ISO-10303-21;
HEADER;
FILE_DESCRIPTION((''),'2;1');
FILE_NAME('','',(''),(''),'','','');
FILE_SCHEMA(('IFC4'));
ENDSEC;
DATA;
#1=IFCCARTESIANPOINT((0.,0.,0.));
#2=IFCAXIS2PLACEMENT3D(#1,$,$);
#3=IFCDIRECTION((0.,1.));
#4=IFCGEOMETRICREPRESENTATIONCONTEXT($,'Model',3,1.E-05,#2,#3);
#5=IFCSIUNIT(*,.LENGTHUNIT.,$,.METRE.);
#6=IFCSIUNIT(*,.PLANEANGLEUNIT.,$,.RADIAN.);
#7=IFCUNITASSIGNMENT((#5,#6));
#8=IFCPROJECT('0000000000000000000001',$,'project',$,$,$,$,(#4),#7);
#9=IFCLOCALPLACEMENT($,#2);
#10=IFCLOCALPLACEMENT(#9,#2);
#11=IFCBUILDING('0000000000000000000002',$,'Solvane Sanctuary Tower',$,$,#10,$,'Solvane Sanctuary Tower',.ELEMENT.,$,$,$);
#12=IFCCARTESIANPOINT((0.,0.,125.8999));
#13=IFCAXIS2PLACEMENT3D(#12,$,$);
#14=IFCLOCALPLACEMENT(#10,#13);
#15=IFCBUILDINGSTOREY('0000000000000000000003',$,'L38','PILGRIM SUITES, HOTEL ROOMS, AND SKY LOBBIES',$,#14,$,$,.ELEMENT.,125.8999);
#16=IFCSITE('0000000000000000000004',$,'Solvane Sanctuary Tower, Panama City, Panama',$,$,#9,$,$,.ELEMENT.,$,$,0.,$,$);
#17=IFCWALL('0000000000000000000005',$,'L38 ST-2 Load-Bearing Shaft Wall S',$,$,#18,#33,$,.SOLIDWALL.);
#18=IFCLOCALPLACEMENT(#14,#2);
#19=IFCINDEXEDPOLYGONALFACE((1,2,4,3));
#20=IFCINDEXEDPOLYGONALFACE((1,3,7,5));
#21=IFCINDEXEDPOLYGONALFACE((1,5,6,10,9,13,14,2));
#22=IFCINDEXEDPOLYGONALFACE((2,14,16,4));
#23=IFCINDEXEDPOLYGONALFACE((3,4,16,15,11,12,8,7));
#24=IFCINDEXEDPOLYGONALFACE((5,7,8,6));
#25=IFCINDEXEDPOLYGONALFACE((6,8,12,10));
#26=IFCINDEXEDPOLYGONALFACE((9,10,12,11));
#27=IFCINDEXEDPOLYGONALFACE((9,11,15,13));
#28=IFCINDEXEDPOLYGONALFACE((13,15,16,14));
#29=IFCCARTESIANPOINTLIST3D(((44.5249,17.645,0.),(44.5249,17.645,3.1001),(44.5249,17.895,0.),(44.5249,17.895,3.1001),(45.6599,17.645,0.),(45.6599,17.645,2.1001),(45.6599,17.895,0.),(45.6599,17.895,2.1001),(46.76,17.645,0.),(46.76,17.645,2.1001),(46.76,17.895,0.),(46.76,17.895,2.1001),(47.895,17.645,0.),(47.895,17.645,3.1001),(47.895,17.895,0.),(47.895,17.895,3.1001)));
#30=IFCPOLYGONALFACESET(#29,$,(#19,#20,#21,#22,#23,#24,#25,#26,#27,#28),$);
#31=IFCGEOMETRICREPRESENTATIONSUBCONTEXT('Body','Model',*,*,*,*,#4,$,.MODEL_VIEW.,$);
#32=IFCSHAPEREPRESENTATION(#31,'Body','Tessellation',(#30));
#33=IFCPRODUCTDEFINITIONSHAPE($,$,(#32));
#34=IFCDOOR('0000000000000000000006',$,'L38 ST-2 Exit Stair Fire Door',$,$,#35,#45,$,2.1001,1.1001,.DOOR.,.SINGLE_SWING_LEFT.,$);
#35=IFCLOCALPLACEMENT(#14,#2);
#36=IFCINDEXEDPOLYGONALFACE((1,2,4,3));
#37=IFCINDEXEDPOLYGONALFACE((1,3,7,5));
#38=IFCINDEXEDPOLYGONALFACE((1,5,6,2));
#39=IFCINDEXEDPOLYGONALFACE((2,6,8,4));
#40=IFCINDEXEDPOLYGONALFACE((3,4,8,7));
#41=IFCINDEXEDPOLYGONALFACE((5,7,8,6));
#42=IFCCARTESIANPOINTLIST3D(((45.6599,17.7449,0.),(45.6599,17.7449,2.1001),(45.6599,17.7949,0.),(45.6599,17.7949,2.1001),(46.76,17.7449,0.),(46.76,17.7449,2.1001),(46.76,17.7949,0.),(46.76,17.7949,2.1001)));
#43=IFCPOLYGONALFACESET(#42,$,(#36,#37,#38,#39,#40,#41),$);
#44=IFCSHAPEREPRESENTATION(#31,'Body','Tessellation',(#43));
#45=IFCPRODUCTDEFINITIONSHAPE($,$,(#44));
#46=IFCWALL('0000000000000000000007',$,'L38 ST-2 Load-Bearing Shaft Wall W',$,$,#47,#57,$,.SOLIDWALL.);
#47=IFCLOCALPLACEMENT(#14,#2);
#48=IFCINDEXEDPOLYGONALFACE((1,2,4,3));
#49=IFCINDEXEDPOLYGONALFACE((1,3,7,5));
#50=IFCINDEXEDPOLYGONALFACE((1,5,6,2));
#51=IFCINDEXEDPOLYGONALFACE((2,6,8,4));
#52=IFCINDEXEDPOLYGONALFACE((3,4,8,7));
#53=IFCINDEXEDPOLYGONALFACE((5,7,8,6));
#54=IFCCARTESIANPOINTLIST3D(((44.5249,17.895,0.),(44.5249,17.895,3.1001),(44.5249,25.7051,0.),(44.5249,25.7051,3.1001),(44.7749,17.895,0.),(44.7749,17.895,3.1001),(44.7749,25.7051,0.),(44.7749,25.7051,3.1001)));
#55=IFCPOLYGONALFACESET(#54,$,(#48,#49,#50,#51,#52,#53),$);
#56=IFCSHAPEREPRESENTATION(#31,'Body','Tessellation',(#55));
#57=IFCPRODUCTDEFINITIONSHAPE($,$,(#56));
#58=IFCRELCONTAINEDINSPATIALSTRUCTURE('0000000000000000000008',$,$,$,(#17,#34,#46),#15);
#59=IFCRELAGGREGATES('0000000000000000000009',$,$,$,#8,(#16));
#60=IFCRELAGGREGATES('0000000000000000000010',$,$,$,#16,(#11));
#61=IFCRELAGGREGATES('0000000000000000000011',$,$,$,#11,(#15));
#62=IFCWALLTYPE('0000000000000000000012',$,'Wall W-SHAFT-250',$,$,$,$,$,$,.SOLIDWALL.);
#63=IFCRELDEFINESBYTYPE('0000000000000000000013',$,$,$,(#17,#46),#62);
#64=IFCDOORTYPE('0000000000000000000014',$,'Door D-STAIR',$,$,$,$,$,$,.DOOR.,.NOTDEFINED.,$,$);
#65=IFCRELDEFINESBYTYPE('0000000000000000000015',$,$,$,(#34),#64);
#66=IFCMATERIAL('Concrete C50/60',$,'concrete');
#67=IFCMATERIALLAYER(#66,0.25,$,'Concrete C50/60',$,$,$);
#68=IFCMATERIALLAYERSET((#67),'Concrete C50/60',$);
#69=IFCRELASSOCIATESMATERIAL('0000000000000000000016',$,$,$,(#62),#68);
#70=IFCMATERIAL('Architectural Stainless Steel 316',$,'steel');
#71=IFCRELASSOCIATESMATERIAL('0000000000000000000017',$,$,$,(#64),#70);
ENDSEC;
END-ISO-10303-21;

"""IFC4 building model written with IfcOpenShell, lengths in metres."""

from ifc_helpers import new_model, si_unit, direction, frame, frame_2d, origin, place, context, subcontext, project, spatial, rectangle, extrude, material, layer, layer_set, type_object, element, fill, save


model = new_model("IFC4")

# Units and contexts
model_context = context("Model", 3, precision=1e-05, world=origin(), true_north=direction((0.0, 1.0)))
body_context = subcontext(model_context, "Body", "Model", "MODEL_VIEW")
ifc_project = project(units=[si_unit("LENGTHUNIT", "METRE"), si_unit("PLANEANGLEUNIT", "RADIAN")], contexts=[model_context])

# Site, building, storey
site_placement = place(None, origin())
site = spatial("IfcSite", under=ifc_project, at=site_placement, Name="Solvane Sanctuary Tower, Panama City, Panama", CompositionType="ELEMENT", RefElevation=0.0)
building_placement = place(site_placement, origin())
building = spatial("IfcBuilding", under=site, at=building_placement, Name="Solvane Sanctuary Tower", LongName="Solvane Sanctuary Tower", CompositionType="ELEMENT")
storey_placement = place(building_placement, frame((0.0, 0.0, 125.8999)))
storey = spatial("IfcBuildingStorey", under=building, at=storey_placement, Name="L38", Description="PILGRIM SUITES, HOTEL ROOMS, AND SKY LOBBIES", CompositionType="ELEMENT", Elevation=125.8999)

# Shared definitions
ifc_material_1 = material(Name="Architectural Stainless Steel 316", Category="steel")

# Shared definitions
ifc_material_2 = material(Name="Concrete C50/60", Category="concrete")

# Wall, opening, door
ifc_layer_1 = layer(ifc_material_2, 0.25, Name="Concrete C50/60")
ifc_layer_set_1 = layer_set([ifc_layer_1], Name="Concrete C50/60")
wall_type_1 = type_object("IfcWallType", Name="Wall W-SHAFT-250", PredefinedType="SOLIDWALL", material=ifc_layer_set_1)
wall_1_placement = place(storey_placement, frame((44.5249, 17.77, 0.0), z_axis=(0.0, 0.0, 1.0), x_axis=(1.0, 0.0, 0.0)))
wall_1 = element("IfcWall", 1, at=wall_1_placement, inside=storey, type_object=wall_type_1, Name="L38 ST-2 Load-Bearing Shaft Wall S", PredefinedType="SOLIDWALL", context=body_context, shape_type="SweptSolid", body=[
    extrude(rectangle(XDim=3.3701, YDim=0.25, at=frame_2d((1.6851, 0.0))), origin(), (0.0, 0.0, 1.0), 3.1001),
])
opening_1_placement = place(wall_1_placement, frame((1.135, 0.0, 0.0)))
opening_1 = element("IfcOpeningElement", 2, at=opening_1_placement, cuts=wall_1, PredefinedType="OPENING", context=body_context, shape_type="SweptSolid", body=[
    extrude(rectangle(XDim=1.1001, YDim=2.1001, at=frame_2d((0.55, 1.05))), frame((0.0, 0.135, 0.0), z_axis=(0.0, -1.0, 0.0), x_axis=(1.0, 0.0, 0.0)), (0.0, 0.0, 1.0), 0.27),
])
door_type_1 = type_object("IfcDoorType", Name="Door D-STAIR", OperationType="NOTDEFINED", PredefinedType="DOOR", material=ifc_material_1)
door_1_placement = place(opening_1_placement, origin())
door_1 = element("IfcDoor", 3, at=door_1_placement, inside=storey, type_object=door_type_1, Name="L38 ST-2 Exit Stair Fire Door", OperationType="SINGLE_SWING_LEFT", OverallHeight=2.1001, OverallWidth=1.1001, PredefinedType="DOOR", context=body_context, shape_type="SweptSolid", body=[
    extrude(rectangle(XDim=1.1001, YDim=2.1001, at=frame_2d((0.55, 1.05))), frame((0.0, 0.0249, 0.0), z_axis=(0.0, -1.0, 0.0), x_axis=(1.0, 0.0, 0.0)), (0.0, 0.0, 1.0), 0.05),
])
fill(opening_1, door_1)

# Wall
wall_2_placement = place(storey_placement, frame((44.6499, 17.895, 0.0), z_axis=(0.0, 0.0, 1.0), x_axis=(0.0, 1.0, 0.0)))
element("IfcWall", 4, at=wall_2_placement, inside=storey, type_object=wall_type_1, Name="L38 ST-2 Load-Bearing Shaft Wall W", PredefinedType="SOLIDWALL", context=body_context, shape_type="SweptSolid", body=[
    extrude(rectangle(XDim=7.8101, YDim=0.25, at=frame_2d((3.905, 0.0))), origin(), (0.0, 0.0, 1.0), 3.1001),
])

save(model, "model.ifc")
